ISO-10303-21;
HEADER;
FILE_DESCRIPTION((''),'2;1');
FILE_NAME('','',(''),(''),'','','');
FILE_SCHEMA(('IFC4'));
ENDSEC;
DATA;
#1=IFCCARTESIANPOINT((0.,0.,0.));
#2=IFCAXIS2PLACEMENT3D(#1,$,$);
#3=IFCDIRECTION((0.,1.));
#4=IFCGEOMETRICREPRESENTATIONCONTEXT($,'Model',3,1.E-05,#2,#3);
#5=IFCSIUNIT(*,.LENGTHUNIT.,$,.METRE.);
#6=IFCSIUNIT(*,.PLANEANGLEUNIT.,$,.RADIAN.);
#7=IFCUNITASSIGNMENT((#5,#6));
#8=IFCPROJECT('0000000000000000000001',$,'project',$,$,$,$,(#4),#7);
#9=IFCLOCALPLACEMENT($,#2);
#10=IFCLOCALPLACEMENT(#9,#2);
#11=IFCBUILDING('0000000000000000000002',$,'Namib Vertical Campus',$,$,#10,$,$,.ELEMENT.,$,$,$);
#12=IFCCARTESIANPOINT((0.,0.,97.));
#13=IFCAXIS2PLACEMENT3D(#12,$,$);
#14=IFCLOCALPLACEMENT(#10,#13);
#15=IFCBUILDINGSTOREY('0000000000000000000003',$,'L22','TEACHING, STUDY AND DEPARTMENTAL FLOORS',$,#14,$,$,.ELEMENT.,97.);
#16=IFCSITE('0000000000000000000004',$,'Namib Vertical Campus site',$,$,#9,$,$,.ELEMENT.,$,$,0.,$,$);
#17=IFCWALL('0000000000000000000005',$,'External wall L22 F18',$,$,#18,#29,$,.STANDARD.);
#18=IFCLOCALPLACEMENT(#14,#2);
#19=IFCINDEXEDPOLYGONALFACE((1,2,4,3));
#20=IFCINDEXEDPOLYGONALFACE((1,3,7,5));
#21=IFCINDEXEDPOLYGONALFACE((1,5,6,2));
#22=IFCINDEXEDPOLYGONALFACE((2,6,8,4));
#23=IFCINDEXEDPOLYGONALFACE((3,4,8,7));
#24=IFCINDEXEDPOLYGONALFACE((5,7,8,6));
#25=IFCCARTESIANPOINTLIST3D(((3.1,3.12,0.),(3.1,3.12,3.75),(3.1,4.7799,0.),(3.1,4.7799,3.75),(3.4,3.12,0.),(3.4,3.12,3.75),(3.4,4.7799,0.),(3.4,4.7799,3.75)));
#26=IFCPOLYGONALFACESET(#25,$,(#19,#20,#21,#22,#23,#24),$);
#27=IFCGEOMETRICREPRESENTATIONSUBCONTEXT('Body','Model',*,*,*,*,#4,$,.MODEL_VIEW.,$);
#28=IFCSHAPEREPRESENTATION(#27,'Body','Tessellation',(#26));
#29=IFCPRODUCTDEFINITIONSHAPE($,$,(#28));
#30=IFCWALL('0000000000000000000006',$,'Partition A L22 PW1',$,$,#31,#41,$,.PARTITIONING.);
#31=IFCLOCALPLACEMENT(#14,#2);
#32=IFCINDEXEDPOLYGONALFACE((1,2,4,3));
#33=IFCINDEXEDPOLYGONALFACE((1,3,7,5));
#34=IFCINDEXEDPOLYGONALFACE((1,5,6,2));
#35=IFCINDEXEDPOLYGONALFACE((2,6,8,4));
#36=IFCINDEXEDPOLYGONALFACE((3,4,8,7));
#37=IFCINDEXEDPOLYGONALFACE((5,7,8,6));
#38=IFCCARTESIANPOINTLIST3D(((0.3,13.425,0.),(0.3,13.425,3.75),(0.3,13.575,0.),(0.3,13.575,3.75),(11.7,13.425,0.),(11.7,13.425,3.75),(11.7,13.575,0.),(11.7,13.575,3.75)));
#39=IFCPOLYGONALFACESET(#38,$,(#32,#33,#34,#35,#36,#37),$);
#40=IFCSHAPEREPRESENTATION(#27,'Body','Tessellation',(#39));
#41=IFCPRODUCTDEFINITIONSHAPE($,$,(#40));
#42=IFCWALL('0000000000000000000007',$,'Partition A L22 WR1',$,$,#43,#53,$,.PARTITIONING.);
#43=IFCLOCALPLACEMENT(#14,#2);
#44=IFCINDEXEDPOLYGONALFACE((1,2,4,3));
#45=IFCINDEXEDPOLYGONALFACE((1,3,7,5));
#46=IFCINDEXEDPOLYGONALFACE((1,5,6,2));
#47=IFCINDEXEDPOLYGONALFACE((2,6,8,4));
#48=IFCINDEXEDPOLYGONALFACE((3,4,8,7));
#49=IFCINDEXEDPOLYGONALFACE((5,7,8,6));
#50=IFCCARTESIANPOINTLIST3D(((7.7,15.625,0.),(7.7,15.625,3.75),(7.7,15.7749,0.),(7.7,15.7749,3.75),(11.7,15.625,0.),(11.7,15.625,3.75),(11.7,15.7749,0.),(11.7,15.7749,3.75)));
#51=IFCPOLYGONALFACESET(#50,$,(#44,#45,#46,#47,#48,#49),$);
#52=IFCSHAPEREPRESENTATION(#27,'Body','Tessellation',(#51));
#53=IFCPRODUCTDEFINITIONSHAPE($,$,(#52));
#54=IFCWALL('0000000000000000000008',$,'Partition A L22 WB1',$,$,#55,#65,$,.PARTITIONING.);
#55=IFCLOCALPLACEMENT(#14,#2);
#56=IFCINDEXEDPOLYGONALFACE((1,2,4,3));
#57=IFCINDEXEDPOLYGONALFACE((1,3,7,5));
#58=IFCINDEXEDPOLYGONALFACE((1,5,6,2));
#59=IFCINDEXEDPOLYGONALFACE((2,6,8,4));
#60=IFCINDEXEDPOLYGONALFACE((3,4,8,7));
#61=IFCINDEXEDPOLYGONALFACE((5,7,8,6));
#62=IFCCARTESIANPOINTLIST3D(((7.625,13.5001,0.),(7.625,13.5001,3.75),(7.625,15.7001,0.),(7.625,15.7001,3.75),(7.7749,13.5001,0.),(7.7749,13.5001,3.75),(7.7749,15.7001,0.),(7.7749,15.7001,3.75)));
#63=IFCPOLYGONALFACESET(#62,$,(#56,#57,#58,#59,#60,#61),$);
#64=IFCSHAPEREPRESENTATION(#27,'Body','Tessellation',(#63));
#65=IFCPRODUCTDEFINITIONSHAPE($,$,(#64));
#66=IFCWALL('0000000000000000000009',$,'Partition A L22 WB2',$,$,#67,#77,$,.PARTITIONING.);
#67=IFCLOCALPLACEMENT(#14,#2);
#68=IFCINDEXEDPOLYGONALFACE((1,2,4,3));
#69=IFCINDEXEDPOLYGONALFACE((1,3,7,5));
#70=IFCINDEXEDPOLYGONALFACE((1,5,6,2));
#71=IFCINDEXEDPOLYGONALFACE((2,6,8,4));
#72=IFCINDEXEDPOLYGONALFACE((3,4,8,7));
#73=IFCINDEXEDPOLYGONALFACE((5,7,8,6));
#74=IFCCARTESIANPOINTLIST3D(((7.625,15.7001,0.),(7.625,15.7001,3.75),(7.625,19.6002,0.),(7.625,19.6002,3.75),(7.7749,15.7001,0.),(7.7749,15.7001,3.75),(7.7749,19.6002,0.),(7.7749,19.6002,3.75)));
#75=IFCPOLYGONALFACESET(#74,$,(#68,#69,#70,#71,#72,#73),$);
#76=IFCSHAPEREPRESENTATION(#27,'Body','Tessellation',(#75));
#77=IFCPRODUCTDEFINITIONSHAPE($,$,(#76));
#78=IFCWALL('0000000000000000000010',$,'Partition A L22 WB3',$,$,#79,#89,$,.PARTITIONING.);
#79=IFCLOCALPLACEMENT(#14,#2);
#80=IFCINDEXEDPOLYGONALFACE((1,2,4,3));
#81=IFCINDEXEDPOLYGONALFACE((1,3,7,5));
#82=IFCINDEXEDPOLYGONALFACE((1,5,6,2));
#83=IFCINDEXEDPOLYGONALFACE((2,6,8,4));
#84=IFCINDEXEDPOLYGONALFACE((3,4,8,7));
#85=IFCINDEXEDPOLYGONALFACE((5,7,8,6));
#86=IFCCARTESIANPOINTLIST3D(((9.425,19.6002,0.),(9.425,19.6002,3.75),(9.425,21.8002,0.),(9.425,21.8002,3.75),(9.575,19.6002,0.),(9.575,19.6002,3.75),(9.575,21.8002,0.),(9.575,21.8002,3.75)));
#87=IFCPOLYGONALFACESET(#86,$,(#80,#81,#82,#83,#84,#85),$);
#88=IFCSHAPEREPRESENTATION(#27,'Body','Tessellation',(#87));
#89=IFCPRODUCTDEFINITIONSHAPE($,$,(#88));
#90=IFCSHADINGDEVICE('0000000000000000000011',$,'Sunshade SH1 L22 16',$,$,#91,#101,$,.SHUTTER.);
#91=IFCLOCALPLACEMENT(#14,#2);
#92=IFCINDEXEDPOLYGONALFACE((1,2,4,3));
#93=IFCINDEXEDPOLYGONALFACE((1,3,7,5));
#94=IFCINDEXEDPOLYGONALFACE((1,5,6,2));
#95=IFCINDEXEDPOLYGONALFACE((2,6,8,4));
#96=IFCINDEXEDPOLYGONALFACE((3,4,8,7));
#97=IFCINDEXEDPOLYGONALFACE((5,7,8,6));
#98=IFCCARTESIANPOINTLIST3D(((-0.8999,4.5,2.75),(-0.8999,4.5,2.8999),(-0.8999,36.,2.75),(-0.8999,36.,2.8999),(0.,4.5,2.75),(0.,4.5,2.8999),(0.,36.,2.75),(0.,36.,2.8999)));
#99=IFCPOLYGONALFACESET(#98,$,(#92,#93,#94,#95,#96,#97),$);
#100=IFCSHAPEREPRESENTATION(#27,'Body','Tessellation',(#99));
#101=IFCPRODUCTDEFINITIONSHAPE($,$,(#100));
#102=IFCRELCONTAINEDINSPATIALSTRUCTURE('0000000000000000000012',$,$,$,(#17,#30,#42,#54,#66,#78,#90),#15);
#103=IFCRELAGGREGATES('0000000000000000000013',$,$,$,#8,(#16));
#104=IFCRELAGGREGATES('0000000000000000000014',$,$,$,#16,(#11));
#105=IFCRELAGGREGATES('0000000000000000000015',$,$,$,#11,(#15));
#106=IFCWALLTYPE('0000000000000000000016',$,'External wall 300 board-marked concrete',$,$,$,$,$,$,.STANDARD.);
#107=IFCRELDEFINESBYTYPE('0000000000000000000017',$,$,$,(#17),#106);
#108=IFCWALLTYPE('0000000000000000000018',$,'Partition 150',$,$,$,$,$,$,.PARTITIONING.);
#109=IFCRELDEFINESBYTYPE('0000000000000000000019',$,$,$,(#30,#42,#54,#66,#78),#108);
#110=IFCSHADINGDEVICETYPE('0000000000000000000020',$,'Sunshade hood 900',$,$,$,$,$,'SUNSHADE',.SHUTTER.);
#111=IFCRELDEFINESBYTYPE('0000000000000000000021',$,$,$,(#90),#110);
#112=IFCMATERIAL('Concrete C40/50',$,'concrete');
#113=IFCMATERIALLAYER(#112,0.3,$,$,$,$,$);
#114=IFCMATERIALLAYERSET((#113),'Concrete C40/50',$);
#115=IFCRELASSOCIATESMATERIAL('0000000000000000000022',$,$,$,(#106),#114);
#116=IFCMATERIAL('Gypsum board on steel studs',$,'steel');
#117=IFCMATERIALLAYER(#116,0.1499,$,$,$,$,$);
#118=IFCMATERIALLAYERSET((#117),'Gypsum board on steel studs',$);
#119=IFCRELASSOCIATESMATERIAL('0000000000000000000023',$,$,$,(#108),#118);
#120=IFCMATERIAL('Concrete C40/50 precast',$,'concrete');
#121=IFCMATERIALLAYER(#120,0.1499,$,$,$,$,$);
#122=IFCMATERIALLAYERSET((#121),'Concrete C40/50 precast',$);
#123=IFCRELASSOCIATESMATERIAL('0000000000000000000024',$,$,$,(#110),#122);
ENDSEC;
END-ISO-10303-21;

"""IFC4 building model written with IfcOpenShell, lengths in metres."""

from ifc_helpers import new_model, si_unit, direction, frame, frame_2d, origin, origin_2d, place, context, subcontext, project, spatial, rectangle, extrude, material, layer, layer_set, type_object, element, save


model = new_model("IFC4")

# Units and contexts
model_context = context("Model", 3, precision=1e-05, world=origin(), true_north=direction((0.0, 1.0)))
body_context = subcontext(model_context, "Body", "Model", "MODEL_VIEW")
ifc_project = project(units=[si_unit("LENGTHUNIT", "METRE"), si_unit("PLANEANGLEUNIT", "RADIAN")], contexts=[model_context])

# Site, building, storey
site_placement = place(None, origin())
site = spatial("IfcSite", under=ifc_project, at=site_placement, Name="Namib Vertical Campus site", CompositionType="ELEMENT", RefElevation=0.0)
building_placement = place(site_placement, origin())
building = spatial("IfcBuilding", under=site, at=building_placement, Name="Namib Vertical Campus", CompositionType="ELEMENT")
storey_placement = place(building_placement, frame((0.0, 0.0, 97.0)))
storey = spatial("IfcBuildingStorey", under=building, at=storey_placement, Name="L22", Description="TEACHING, STUDY AND DEPARTMENTAL FLOORS", CompositionType="ELEMENT", Elevation=97.0)

# Walls
ifc_material_1 = material(Name="Concrete C40/50", Category="concrete")
ifc_layer_1 = layer(ifc_material_1, 0.3)
ifc_layer_set_1 = layer_set([ifc_layer_1], Name="Concrete C40/50")
wall_type_1 = type_object("IfcWallType", Name="External wall 300 board-marked concrete", PredefinedType="STANDARD", material=ifc_layer_set_1)
wall_1_placement = place(storey_placement, frame((3.25, 4.78, 0.0), z_axis=(0.0, 0.0, 1.0), x_axis=(0.0, -1.0, 0.0)))
element("IfcWall", 1, at=wall_1_placement, inside=storey, type_object=wall_type_1, Name="External wall L22 F18", PredefinedType="STANDARD", context=body_context, shape_type="SweptSolid", body=[
    extrude(rectangle(XDim=1.6599, YDim=0.3, at=frame_2d((0.8301, 0.0))), origin(), (0.0, 0.0, 1.0), 3.75),
])
ifc_material_2 = material(Name="Gypsum board on steel studs", Category="steel")
ifc_layer_2 = layer(ifc_material_2, 0.1499)
ifc_layer_set_2 = layer_set([ifc_layer_2], Name="Gypsum board on steel studs")
wall_type_2 = type_object("IfcWallType", Name="Partition 150", PredefinedType="PARTITIONING", material=ifc_layer_set_2)
wall_2_placement = place(storey_placement, frame((0.3, 13.5, 0.0), z_axis=(0.0, 0.0, 1.0), x_axis=(1.0, 0.0, 0.0)))
element("IfcWall", 2, at=wall_2_placement, inside=storey, type_object=wall_type_2, Name="Partition A L22 PW1", PredefinedType="PARTITIONING", context=body_context, shape_type="SweptSolid", body=[
    extrude(rectangle(XDim=11.3999, YDim=0.1499, at=frame_2d((5.7, 0.0))), origin(), (0.0, 0.0, 1.0), 3.75),
])
wall_3_placement = place(storey_placement, frame((11.7, 15.7, 0.0), z_axis=(0.0, 0.0, 1.0), x_axis=(-1.0, 0.0, 0.0)))
element("IfcWall", 3, at=wall_3_placement, inside=storey, type_object=wall_type_2, Name="Partition A L22 WR1", PredefinedType="PARTITIONING", context=body_context, shape_type="SweptSolid", body=[
    extrude(rectangle(XDim=4.0, YDim=0.1499, at=frame_2d((2.0, 0.0))), origin(), (0.0, 0.0, 1.0), 3.75),
])
wall_4_placement = place(storey_placement, frame((7.7, 13.5, 0.0), z_axis=(0.0, 0.0, 1.0), x_axis=(0.0, 1.0, 0.0)))
element("IfcWall", 4, at=wall_4_placement, inside=storey, type_object=wall_type_2, Name="Partition A L22 WB1", PredefinedType="PARTITIONING", context=body_context, shape_type="SweptSolid", body=[
    extrude(rectangle(XDim=2.2, YDim=0.1499, at=frame_2d((1.1001, 0.0))), origin(), (0.0, 0.0, 1.0), 3.75),
])
wall_5_placement = place(storey_placement, frame((7.7, 15.7, 0.0), z_axis=(0.0, 0.0, 1.0), x_axis=(0.0, 1.0, 0.0)))
element("IfcWall", 5, at=wall_5_placement, inside=storey, type_object=wall_type_2, Name="Partition A L22 WB2", PredefinedType="PARTITIONING", context=body_context, shape_type="SweptSolid", body=[
    extrude(rectangle(XDim=3.9001, YDim=0.1499, at=frame_2d((1.9502, 0.0))), origin(), (0.0, 0.0, 1.0), 3.75),
])
wall_6_placement = place(storey_placement, frame((9.5, 19.6001, 0.0), z_axis=(0.0, 0.0, 1.0), x_axis=(0.0, 1.0, 0.0)))
element("IfcWall", 6, at=wall_6_placement, inside=storey, type_object=wall_type_2, Name="Partition A L22 WB3", PredefinedType="PARTITIONING", context=body_context, shape_type="SweptSolid", body=[
    extrude(rectangle(XDim=2.2, YDim=0.1499, at=frame_2d((1.1001, 0.0))), origin(), (0.0, 0.0, 1.0), 3.75),
])

# Shading device
ifc_material_3 = material(Name="Concrete C40/50 precast", Category="concrete")
ifc_layer_3 = layer(ifc_material_3, 0.1499)
ifc_layer_set_3 = layer_set([ifc_layer_3], Name="Concrete C40/50 precast")
shading_device_type = type_object("IfcShadingDeviceType", Name="Sunshade hood 900", ElementType="SUNSHADE", PredefinedType="SHUTTER", material=ifc_layer_set_3)
shading_device_placement = place(storey_placement, frame((-0.45, 20.25, 2.75), z_axis=(0.0, 0.0, 1.0), x_axis=(0.0, -1.0, 0.0)))
element("IfcShadingDevice", 7, at=shading_device_placement, inside=storey, type_object=shading_device_type, Name="Sunshade SH1 L22 16", PredefinedType="SHUTTER", context=body_context, shape_type="SweptSolid", body=[
    extrude(rectangle(XDim=31.5, YDim=0.8999, at=origin_2d()), origin(), (0.0, 0.0, 1.0), 0.1499),
])

save(model, "model.ifc")
